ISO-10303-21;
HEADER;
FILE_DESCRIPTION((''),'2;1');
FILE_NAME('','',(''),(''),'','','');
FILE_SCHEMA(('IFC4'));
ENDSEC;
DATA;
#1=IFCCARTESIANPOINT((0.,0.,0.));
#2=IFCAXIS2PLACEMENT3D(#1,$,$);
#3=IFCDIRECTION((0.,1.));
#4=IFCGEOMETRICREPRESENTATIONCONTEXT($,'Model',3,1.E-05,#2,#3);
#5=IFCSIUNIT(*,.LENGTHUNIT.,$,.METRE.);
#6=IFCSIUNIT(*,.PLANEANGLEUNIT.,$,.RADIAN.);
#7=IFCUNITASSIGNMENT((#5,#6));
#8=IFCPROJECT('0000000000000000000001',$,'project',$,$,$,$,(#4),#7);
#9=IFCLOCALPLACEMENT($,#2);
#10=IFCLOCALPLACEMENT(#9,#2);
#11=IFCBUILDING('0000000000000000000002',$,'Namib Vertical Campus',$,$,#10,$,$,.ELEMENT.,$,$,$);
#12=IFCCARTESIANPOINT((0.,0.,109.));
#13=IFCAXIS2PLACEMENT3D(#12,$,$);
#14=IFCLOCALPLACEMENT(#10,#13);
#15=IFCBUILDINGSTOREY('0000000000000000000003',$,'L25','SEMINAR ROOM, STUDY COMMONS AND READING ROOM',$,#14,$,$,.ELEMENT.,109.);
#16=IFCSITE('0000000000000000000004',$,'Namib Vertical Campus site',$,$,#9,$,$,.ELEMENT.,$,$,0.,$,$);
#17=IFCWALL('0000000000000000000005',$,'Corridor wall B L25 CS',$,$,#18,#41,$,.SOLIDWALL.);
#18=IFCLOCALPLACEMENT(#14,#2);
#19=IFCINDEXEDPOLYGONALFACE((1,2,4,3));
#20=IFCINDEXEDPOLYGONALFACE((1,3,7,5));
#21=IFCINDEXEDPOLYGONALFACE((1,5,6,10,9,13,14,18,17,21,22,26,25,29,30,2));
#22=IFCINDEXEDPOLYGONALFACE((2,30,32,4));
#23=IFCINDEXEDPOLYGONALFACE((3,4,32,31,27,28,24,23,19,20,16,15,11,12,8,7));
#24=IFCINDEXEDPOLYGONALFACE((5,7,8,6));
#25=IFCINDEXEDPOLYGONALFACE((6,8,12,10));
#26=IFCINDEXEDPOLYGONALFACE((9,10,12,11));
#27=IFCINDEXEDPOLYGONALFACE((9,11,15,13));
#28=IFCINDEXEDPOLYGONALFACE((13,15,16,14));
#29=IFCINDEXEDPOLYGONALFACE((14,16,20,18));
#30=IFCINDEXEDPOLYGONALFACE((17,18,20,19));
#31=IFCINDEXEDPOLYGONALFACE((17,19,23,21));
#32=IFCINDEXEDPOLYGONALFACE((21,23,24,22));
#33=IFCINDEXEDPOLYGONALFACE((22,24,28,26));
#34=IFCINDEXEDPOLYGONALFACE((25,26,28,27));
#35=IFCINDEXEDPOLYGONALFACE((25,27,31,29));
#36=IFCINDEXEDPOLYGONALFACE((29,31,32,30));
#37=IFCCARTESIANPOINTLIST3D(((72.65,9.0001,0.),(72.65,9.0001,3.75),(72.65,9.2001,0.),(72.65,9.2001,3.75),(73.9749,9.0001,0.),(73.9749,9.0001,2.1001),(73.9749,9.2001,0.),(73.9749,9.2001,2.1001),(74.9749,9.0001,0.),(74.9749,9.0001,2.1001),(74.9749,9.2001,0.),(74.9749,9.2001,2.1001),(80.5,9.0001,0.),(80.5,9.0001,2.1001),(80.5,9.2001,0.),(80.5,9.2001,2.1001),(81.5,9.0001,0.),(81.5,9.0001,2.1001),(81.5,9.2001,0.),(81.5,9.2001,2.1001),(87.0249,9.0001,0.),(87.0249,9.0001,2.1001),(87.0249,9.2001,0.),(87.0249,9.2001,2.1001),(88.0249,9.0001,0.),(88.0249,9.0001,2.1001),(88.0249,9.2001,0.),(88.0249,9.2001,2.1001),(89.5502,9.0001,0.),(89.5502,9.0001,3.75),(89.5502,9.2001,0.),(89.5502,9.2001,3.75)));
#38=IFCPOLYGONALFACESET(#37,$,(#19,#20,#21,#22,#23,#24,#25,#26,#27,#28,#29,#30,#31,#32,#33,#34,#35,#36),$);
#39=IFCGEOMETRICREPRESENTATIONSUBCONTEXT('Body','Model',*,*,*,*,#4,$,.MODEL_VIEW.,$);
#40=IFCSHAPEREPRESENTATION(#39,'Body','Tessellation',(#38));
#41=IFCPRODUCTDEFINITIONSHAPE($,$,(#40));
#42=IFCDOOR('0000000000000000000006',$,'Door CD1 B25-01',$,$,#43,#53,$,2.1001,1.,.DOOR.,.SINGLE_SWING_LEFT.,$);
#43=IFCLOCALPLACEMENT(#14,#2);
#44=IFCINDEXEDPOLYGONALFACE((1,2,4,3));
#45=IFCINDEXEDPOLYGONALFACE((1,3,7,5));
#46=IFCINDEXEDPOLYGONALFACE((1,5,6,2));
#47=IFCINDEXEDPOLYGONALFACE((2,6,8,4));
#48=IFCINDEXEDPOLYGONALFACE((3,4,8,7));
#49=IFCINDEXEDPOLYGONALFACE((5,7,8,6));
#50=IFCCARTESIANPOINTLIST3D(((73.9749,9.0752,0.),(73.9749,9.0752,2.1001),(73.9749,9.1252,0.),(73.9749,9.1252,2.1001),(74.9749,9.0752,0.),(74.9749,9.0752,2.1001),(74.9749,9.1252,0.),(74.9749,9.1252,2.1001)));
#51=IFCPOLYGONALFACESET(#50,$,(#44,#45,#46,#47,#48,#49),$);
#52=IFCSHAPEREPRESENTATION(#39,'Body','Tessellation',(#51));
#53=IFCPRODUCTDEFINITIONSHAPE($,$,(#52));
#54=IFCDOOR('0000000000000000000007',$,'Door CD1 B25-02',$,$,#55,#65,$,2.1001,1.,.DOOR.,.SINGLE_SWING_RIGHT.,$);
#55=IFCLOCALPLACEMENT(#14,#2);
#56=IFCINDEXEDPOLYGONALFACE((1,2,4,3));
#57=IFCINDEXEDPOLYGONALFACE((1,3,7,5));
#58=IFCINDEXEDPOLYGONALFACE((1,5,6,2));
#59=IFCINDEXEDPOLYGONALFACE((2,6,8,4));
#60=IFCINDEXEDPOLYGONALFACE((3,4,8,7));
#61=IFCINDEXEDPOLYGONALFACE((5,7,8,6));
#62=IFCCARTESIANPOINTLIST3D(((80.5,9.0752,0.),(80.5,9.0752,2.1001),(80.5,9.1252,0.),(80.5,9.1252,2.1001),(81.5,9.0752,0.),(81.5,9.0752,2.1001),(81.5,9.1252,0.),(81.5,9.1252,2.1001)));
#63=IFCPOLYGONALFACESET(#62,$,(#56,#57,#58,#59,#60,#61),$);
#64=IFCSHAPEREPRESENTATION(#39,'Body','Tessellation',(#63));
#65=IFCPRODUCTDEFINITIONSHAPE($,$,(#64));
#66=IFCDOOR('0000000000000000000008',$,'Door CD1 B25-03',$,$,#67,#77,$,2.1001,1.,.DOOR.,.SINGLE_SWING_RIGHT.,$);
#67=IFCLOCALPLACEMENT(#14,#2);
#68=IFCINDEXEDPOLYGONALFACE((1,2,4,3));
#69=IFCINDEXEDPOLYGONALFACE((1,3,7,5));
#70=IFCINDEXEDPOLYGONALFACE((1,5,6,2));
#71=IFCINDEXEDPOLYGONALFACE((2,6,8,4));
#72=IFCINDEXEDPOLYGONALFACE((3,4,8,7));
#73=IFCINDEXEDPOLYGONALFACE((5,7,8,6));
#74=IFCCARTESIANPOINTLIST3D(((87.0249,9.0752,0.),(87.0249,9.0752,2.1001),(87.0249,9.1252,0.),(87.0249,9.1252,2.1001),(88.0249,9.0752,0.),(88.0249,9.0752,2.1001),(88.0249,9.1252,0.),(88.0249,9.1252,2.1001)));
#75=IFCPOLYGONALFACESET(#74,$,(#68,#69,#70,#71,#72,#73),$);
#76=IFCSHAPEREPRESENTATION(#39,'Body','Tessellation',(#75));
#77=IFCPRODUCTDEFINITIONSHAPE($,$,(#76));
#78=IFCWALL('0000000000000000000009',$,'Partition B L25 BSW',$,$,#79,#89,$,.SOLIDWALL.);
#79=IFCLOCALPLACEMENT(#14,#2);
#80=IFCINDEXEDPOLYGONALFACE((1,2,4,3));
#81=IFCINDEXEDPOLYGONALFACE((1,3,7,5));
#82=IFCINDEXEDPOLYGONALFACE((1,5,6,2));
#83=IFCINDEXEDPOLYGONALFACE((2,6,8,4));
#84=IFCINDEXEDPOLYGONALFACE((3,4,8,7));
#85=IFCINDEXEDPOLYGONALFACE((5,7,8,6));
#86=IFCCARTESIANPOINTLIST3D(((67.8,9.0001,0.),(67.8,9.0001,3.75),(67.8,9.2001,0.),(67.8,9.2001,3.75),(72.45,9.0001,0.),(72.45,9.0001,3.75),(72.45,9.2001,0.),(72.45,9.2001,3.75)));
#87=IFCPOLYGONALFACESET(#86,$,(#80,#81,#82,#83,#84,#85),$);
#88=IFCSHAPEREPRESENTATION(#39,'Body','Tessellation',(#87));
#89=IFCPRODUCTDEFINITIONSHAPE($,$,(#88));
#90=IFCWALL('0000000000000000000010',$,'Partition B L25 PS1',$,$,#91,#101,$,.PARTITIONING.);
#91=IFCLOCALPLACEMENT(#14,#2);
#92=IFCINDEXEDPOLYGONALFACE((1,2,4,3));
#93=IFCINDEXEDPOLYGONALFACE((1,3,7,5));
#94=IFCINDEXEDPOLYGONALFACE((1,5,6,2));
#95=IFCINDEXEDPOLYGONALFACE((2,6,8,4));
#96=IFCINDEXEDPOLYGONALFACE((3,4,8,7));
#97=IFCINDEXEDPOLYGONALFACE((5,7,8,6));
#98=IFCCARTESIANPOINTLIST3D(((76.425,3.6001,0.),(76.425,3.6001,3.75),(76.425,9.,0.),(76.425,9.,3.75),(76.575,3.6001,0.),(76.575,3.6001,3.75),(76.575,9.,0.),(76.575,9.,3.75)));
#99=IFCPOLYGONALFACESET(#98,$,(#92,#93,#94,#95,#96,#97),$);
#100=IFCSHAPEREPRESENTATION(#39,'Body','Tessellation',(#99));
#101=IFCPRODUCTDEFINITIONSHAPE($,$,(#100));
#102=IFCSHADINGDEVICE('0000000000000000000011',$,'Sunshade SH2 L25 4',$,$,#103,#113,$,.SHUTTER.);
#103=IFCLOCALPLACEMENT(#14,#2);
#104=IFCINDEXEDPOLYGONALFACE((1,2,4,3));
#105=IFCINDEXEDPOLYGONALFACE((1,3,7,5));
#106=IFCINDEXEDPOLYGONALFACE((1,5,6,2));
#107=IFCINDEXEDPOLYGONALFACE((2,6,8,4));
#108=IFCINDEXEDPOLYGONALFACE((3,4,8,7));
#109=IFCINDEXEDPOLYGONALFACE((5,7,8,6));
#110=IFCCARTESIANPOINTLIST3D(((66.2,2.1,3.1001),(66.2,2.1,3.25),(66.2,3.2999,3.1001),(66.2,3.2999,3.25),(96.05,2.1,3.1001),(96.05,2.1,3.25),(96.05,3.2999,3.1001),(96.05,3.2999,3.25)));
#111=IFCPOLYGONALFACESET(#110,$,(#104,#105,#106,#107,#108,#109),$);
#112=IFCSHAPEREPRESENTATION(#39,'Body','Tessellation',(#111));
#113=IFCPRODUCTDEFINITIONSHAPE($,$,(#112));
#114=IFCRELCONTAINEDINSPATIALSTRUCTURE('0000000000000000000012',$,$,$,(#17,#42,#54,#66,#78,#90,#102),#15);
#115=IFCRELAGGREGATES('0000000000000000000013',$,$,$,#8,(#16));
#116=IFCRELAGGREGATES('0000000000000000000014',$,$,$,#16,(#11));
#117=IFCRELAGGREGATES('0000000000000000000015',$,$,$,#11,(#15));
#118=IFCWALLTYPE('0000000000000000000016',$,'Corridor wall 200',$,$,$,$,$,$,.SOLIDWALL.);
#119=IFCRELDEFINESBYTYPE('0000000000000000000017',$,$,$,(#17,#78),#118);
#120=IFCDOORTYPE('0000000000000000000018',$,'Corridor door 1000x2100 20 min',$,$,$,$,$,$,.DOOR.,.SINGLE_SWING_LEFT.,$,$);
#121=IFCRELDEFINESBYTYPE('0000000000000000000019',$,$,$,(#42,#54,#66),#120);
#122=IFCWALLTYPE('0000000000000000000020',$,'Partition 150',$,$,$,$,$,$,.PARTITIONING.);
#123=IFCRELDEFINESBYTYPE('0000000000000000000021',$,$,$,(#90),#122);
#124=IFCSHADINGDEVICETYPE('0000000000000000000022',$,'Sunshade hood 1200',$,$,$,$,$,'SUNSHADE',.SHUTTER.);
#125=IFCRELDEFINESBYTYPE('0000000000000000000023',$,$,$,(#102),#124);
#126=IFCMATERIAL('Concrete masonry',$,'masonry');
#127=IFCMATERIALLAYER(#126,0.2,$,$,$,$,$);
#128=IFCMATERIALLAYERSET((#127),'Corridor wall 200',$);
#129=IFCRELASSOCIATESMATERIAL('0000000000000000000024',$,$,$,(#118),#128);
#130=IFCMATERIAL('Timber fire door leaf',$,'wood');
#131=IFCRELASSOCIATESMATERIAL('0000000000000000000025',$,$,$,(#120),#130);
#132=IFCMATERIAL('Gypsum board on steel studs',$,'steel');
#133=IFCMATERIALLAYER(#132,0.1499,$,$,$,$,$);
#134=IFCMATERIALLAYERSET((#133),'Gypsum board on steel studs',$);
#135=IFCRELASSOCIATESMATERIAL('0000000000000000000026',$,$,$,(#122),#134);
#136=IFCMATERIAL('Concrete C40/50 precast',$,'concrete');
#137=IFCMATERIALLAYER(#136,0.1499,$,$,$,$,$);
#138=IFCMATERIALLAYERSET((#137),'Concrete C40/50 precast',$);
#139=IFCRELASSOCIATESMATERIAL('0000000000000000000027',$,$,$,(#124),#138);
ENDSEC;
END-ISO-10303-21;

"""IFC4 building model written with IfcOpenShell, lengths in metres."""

from ifc_helpers import new_model, si_unit, direction, frame, frame_2d, origin, origin_2d, place, context, subcontext, project, spatial, rectangle, extrude, material, layer, layer_set, type_object, element, fill, save


model = new_model("IFC4")

# Units and contexts
model_context = context("Model", 3, precision=1e-05, world=origin(), true_north=direction((0.0, 1.0)))
body_context = subcontext(model_context, "Body", "Model", "MODEL_VIEW")
ifc_project = project(units=[si_unit("LENGTHUNIT", "METRE"), si_unit("PLANEANGLEUNIT", "RADIAN")], contexts=[model_context])

# Site, building, storey
site_placement = place(None, origin())
site = spatial("IfcSite", under=ifc_project, at=site_placement, Name="Namib Vertical Campus site", CompositionType="ELEMENT", RefElevation=0.0)
building_placement = place(site_placement, origin())
building = spatial("IfcBuilding", under=site, at=building_placement, Name="Namib Vertical Campus", CompositionType="ELEMENT")
storey_placement = place(building_placement, frame((0.0, 0.0, 109.0)))
storey = spatial("IfcBuildingStorey", under=building, at=storey_placement, Name="L25", Description="SEMINAR ROOM, STUDY COMMONS AND READING ROOM", CompositionType="ELEMENT", Elevation=109.0)

# Wall, openings, doors
ifc_material_1 = material(Name="Concrete masonry", Category="masonry")
ifc_layer_1 = layer(ifc_material_1, 0.2)
ifc_layer_set_1 = layer_set([ifc_layer_1], Name="Corridor wall 200")
wall_type_1 = type_object("IfcWallType", Name="Corridor wall 200", PredefinedType="SOLIDWALL", material=ifc_layer_set_1)
wall_1_placement = place(storey_placement, frame((72.6499, 9.1001, 0.0), z_axis=(0.0, 0.0, 1.0), x_axis=(1.0, 0.0, 0.0)))
wall_1 = element("IfcWall", 1, at=wall_1_placement, inside=storey, type_object=wall_type_1, Name="Corridor wall B L25 CS", PredefinedType="SOLIDWALL", context=body_context, shape_type="SweptSolid", body=[
    extrude(rectangle(XDim=16.9001, YDim=0.2, at=frame_2d((8.4502, 0.0))), origin(), (0.0, 0.0, 1.0), 3.75),
])
opening_1_placement = place(wall_1_placement, frame((1.325, 0.0, 0.0)))
opening_1 = element("IfcOpeningElement", 2, at=opening_1_placement, cuts=wall_1, PredefinedType="OPENING", context=body_context, shape_type="SweptSolid", body=[
    extrude(rectangle(XDim=1.0, YDim=2.1001, at=frame_2d((0.5, 1.05))), frame((0.0, 0.1099, 0.0), z_axis=(0.0, -1.0, 0.0), x_axis=(1.0, 0.0, 0.0)), (0.0, 0.0, 1.0), 0.22),
])
opening_2_placement = place(wall_1_placement, frame((7.8501, 0.0, 0.0)))
opening_2 = element("IfcOpeningElement", 3, at=opening_2_placement, cuts=wall_1, PredefinedType="OPENING", context=body_context, shape_type="SweptSolid", body=[
    extrude(rectangle(XDim=1.0, YDim=2.1001, at=frame_2d((0.5, 1.05))), frame((0.0, 0.1099, 0.0), z_axis=(0.0, -1.0, 0.0), x_axis=(1.0, 0.0, 0.0)), (0.0, 0.0, 1.0), 0.22),
])
opening_3_placement = place(wall_1_placement, frame((14.375, 0.0, 0.0)))
opening_3 = element("IfcOpeningElement", 4, at=opening_3_placement, cuts=wall_1, PredefinedType="OPENING", context=body_context, shape_type="SweptSolid", body=[
    extrude(rectangle(XDim=1.0, YDim=2.1001, at=frame_2d((0.5, 1.05))), frame((0.0, 0.1099, 0.0), z_axis=(0.0, -1.0, 0.0), x_axis=(1.0, 0.0, 0.0)), (0.0, 0.0, 1.0), 0.22),
])
ifc_material_2 = material(Name="Timber fire door leaf", Category="wood")
door_type_1 = type_object("IfcDoorType", Name="Corridor door 1000x2100 20 min", OperationType="SINGLE_SWING_LEFT", PredefinedType="DOOR", material=ifc_material_2)
door_1_placement = place(opening_1_placement, frame((1.0, 0.0, 0.0), z_axis=(0.0, 0.0, 1.0), x_axis=(-1.0, 0.0, 0.0)))
door_1 = element("IfcDoor", 5, at=door_1_placement, inside=storey, type_object=door_type_1, Name="Door CD1 B25-01", OperationType="SINGLE_SWING_LEFT", OverallHeight=2.1001, OverallWidth=1.0, PredefinedType="DOOR", context=body_context, shape_type="SweptSolid", body=[
    extrude(rectangle(XDim=1.0, YDim=2.1001, at=frame_2d((0.5, 1.05))), frame((0.0, 0.0249, 0.0), z_axis=(0.0, -1.0, 0.0), x_axis=(1.0, 0.0, 0.0)), (0.0, 0.0, 1.0), 0.05),
])
fill(opening_1, door_1)
door_2_placement = place(opening_2_placement, frame((1.0, 0.0, 0.0), z_axis=(0.0, 0.0, 1.0), x_axis=(-1.0, 0.0, 0.0)))
door_2 = element("IfcDoor", 6, at=door_2_placement, inside=storey, type_object=door_type_1, Name="Door CD1 B25-02", OperationType="SINGLE_SWING_RIGHT", OverallHeight=2.1001, OverallWidth=1.0, PredefinedType="DOOR", context=body_context, shape_type="SweptSolid", body=[
    extrude(rectangle(XDim=1.0, YDim=2.1001, at=frame_2d((0.5, 1.05))), frame((0.0, 0.0249, 0.0), z_axis=(0.0, -1.0, 0.0), x_axis=(1.0, 0.0, 0.0)), (0.0, 0.0, 1.0), 0.05),
])
fill(opening_2, door_2)
door_3_placement = place(opening_3_placement, frame((1.0, 0.0, 0.0), z_axis=(0.0, 0.0, 1.0), x_axis=(-1.0, 0.0, 0.0)))
door_3 = element("IfcDoor", 7, at=door_3_placement, inside=storey, type_object=door_type_1, Name="Door CD1 B25-03", OperationType="SINGLE_SWING_RIGHT", OverallHeight=2.1001, OverallWidth=1.0, PredefinedType="DOOR", context=body_context, shape_type="SweptSolid", body=[
    extrude(rectangle(XDim=1.0, YDim=2.1001, at=frame_2d((0.5, 1.05))), frame((0.0, 0.0249, 0.0), z_axis=(0.0, -1.0, 0.0), x_axis=(1.0, 0.0, 0.0)), (0.0, 0.0, 1.0), 0.05),
])
fill(opening_3, door_3)

# Walls
wall_2_placement = place(storey_placement, frame((67.8, 9.1001, 0.0), z_axis=(0.0, 0.0, 1.0), x_axis=(1.0, 0.0, 0.0)))
element("IfcWall", 8, at=wall_2_placement, inside=storey, type_object=wall_type_1, Name="Partition B L25 BSW", PredefinedType="SOLIDWALL", context=body_context, shape_type="SweptSolid", body=[
    extrude(rectangle(XDim=4.6499, YDim=0.2, at=frame_2d((2.325, 0.0))), origin(), (0.0, 0.0, 1.0), 3.75),
])
ifc_material_3 = material(Name="Gypsum board on steel studs", Category="steel")
ifc_layer_2 = layer(ifc_material_3, 0.1499)
ifc_layer_set_2 = layer_set([ifc_layer_2], Name="Gypsum board on steel studs")
wall_type_2 = type_object("IfcWallType", Name="Partition 150", PredefinedType="PARTITIONING", material=ifc_layer_set_2)
wall_3_placement = place(storey_placement, frame((76.5, 3.6001, 0.0), z_axis=(0.0, 0.0, 1.0), x_axis=(0.0, 1.0, 0.0)))
element("IfcWall", 9, at=wall_3_placement, inside=storey, type_object=wall_type_2, Name="Partition B L25 PS1", PredefinedType="PARTITIONING", context=body_context, shape_type="SweptSolid", body=[
    extrude(rectangle(XDim=5.3999, YDim=0.1499, at=frame_2d((2.7, 0.0))), origin(), (0.0, 0.0, 1.0), 3.75),
])

# Shading device
ifc_material_4 = material(Name="Concrete C40/50 precast", Category="concrete")
ifc_layer_3 = layer(ifc_material_4, 0.1499)
ifc_layer_set_3 = layer_set([ifc_layer_3], Name="Concrete C40/50 precast")
shading_device_type = type_object("IfcShadingDeviceType", Name="Sunshade hood 1200", ElementType="SUNSHADE", PredefinedType="SHUTTER", material=ifc_layer_set_3)
shading_device_placement = place(storey_placement, frame((81.125, 2.7, 3.1001), z_axis=(0.0, 0.0, 1.0), x_axis=(1.0, 0.0, 0.0)))
element("IfcShadingDevice", 10, at=shading_device_placement, inside=storey, type_object=shading_device_type, Name="Sunshade SH2 L25 4", PredefinedType="SHUTTER", context=body_context, shape_type="SweptSolid", body=[
    extrude(rectangle(XDim=29.8501, YDim=1.2, at=origin_2d()), origin(), (0.0, 0.0, 1.0), 0.1499),
])

save(model, "model.ifc")
